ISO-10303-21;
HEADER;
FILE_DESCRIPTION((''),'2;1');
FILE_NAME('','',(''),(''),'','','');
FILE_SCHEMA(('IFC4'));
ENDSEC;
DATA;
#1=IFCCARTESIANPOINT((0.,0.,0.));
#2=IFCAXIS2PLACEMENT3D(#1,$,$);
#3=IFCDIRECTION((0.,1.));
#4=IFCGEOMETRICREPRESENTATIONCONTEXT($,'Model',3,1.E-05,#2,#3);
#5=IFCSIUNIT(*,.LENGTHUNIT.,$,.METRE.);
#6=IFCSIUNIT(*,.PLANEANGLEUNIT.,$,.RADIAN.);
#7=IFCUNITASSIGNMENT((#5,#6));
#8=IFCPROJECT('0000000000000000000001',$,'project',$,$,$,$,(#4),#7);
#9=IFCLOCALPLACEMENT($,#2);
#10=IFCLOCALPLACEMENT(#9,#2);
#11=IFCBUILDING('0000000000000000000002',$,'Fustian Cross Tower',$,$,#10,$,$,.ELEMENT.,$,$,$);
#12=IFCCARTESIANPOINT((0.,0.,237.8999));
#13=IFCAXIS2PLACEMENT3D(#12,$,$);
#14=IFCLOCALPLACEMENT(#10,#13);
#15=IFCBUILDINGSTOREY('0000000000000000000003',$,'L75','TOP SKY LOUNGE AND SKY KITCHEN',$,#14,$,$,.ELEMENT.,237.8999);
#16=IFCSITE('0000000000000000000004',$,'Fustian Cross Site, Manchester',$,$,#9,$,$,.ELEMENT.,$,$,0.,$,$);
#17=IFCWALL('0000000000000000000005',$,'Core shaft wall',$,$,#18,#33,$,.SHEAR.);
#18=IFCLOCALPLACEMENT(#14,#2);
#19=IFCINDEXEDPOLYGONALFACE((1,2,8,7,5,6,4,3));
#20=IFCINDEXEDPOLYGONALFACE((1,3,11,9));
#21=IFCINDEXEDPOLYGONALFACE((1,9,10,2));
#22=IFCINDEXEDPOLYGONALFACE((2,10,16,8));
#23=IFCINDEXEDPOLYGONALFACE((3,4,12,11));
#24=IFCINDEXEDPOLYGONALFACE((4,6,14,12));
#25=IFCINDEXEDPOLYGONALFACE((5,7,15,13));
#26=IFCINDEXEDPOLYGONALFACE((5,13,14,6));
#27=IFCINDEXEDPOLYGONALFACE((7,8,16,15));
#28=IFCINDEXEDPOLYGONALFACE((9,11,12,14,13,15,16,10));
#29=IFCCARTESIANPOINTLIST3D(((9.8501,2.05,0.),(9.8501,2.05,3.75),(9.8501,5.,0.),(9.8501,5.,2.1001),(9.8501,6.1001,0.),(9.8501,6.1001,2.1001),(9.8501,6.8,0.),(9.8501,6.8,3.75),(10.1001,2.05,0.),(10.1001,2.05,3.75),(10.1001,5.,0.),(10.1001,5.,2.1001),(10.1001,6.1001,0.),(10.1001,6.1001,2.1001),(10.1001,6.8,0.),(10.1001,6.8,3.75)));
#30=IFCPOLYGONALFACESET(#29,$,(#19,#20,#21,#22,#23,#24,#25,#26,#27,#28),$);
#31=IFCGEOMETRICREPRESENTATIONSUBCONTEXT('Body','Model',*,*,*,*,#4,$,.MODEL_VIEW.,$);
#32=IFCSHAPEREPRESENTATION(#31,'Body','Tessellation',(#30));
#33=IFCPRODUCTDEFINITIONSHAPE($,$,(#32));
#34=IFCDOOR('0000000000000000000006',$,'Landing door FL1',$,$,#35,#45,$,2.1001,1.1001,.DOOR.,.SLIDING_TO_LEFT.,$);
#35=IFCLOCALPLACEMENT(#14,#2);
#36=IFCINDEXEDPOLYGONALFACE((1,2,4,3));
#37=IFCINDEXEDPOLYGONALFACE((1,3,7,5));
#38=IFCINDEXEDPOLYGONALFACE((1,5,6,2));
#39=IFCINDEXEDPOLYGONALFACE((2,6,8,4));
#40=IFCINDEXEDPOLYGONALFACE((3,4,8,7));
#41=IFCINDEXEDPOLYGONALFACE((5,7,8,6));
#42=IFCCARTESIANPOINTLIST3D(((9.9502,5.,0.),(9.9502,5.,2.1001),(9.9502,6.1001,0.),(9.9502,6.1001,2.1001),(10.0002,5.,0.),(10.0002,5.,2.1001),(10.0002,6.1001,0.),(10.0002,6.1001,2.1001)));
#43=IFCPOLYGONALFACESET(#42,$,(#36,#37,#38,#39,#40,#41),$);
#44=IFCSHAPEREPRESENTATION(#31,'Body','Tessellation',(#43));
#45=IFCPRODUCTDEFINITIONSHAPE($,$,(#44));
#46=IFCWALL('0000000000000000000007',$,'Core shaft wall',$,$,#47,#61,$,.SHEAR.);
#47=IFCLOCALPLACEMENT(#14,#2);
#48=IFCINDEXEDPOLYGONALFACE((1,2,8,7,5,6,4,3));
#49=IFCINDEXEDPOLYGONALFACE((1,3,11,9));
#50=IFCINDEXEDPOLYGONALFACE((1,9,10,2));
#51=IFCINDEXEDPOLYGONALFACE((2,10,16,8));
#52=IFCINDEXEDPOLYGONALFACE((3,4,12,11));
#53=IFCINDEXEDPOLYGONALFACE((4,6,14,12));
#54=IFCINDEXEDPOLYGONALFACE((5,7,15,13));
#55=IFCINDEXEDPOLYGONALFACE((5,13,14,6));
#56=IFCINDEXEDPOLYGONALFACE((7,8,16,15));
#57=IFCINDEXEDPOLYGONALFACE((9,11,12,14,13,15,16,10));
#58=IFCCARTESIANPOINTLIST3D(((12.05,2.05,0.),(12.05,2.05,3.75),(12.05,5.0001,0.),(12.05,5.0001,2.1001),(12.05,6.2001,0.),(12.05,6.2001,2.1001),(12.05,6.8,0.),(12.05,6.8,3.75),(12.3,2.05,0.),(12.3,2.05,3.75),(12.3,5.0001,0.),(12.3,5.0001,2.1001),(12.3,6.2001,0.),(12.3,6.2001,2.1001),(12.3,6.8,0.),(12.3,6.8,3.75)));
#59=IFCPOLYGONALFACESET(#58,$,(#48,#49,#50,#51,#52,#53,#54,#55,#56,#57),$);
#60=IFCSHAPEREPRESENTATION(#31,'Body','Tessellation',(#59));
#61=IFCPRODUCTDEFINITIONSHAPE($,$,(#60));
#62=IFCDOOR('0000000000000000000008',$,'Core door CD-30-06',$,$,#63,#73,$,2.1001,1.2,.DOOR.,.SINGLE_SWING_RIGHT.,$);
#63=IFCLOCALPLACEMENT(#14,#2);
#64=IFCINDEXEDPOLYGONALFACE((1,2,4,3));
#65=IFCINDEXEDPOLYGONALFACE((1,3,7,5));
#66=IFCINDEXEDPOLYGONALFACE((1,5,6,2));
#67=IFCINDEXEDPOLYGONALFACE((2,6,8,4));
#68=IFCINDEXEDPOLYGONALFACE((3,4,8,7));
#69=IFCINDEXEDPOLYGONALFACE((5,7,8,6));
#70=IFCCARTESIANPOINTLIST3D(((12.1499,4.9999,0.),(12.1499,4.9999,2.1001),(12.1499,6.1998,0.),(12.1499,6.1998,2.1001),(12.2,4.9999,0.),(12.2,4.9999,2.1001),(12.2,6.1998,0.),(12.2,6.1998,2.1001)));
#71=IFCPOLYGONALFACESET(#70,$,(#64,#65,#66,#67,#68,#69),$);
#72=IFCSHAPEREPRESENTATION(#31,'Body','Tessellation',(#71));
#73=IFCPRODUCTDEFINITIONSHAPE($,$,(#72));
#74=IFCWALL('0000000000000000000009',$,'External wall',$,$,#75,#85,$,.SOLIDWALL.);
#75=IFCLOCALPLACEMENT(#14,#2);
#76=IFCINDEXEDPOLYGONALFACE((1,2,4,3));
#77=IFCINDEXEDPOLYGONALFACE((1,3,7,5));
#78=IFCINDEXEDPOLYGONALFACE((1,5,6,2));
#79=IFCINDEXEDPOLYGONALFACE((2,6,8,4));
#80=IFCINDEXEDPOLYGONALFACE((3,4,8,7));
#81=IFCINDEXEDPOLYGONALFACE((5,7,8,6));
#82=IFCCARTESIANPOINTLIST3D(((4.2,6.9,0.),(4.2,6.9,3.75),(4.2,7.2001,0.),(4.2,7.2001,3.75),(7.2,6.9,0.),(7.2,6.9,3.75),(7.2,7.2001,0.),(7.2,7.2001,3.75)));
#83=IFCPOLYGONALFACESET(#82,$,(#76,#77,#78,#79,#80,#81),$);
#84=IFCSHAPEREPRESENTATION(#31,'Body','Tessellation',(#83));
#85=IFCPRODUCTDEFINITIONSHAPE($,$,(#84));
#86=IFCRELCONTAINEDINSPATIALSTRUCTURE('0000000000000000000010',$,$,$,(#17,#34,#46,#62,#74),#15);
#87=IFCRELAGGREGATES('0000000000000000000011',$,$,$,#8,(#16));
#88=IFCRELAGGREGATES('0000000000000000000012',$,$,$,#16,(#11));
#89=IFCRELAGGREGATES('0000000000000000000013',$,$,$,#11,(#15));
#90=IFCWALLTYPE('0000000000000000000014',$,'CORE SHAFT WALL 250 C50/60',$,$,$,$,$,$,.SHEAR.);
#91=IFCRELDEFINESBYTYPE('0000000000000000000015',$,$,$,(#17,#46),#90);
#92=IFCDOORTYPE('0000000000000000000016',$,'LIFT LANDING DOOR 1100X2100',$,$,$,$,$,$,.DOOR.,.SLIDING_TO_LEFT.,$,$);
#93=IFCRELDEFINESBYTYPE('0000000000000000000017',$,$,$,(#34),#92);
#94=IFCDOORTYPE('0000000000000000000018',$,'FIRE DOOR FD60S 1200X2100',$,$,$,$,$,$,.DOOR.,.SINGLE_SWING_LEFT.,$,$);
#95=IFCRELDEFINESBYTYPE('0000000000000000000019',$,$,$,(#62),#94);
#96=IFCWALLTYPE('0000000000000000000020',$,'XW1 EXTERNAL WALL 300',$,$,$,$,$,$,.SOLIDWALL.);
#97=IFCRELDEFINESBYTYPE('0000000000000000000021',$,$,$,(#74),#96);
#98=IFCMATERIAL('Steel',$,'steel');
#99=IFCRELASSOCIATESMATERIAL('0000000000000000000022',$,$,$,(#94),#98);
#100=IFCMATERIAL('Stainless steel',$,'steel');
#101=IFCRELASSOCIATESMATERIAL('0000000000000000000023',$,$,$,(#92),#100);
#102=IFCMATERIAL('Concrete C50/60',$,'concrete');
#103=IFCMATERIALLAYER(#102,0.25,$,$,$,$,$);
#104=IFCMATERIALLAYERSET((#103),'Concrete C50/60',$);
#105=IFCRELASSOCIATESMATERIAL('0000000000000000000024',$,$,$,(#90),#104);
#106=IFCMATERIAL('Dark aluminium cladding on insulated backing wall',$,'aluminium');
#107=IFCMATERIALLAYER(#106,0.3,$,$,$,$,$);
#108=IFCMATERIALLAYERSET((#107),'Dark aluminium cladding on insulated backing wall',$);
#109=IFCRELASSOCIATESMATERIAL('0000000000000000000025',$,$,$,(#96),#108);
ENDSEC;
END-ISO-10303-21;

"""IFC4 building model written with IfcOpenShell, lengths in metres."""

from ifc_helpers import new_model, si_unit, direction, frame, frame_2d, origin, place, context, subcontext, project, spatial, rectangle, extrude, material, layer, layer_set, type_object, element, fill, save


model = new_model("IFC4")

# Units and contexts
model_context = context("Model", 3, precision=1e-05, world=origin(), true_north=direction((0.0, 1.0)))
body_context = subcontext(model_context, "Body", "Model", "MODEL_VIEW")
ifc_project = project(units=[si_unit("LENGTHUNIT", "METRE"), si_unit("PLANEANGLEUNIT", "RADIAN")], contexts=[model_context])

# Site, building, storey
site_placement = place(None, origin())
site = spatial("IfcSite", under=ifc_project, at=site_placement, Name="Fustian Cross Site, Manchester", CompositionType="ELEMENT", RefElevation=0.0)
building_placement = place(site_placement, origin())
building = spatial("IfcBuilding", under=site, at=building_placement, Name="Fustian Cross Tower", CompositionType="ELEMENT")
storey_placement = place(building_placement, frame((0.0, 0.0, 237.8999)))
storey = spatial("IfcBuildingStorey", under=building, at=storey_placement, Name="L75", Description="TOP SKY LOUNGE AND SKY KITCHEN", CompositionType="ELEMENT", Elevation=237.8999)

# Shared definitions
ifc_material_1 = material(Name="Steel", Category="steel")
door_type_1 = type_object("IfcDoorType", Name="FIRE DOOR FD60S 1200X2100", OperationType="SINGLE_SWING_LEFT", PredefinedType="DOOR", material=ifc_material_1)
ifc_material_2 = material(Name="Stainless steel", Category="steel")
door_type_2 = type_object("IfcDoorType", Name="LIFT LANDING DOOR 1100X2100", OperationType="SLIDING_TO_LEFT", PredefinedType="DOOR", material=ifc_material_2)

# Shared definitions
ifc_material_3 = material(Name="Concrete C50/60", Category="concrete")
ifc_layer_1 = layer(ifc_material_3, 0.25)
ifc_layer_set_1 = layer_set([ifc_layer_1], Name="Concrete C50/60")
wall_type_1 = type_object("IfcWallType", Name="CORE SHAFT WALL 250 C50/60", PredefinedType="SHEAR", material=ifc_layer_set_1)

# Walls, openings, doors
wall_1_placement = place(storey_placement, frame((9.9751, 2.05, 0.0), z_axis=(0.0, 0.0, 1.0), x_axis=(0.0, 1.0, 0.0)))
wall_1 = element("IfcWall", 1, at=wall_1_placement, inside=storey, type_object=wall_type_1, Name="Core shaft wall", PredefinedType="SHEAR", context=body_context, shape_type="SweptSolid", body=[
    extrude(rectangle(XDim=4.75, YDim=0.25, at=frame_2d((2.375, 0.0))), origin(), (0.0, 0.0, 1.0), 3.75),
])
opening_1_placement = place(wall_1_placement, frame((2.95, 0.0, 0.0)))
opening_1 = element("IfcOpeningElement", 2, at=opening_1_placement, cuts=wall_1, PredefinedType="OPENING", context=body_context, shape_type="SweptSolid", body=[
    extrude(rectangle(XDim=1.1001, YDim=2.1001, at=frame_2d((0.55, 1.05))), frame((0.0, 0.135, 0.0), z_axis=(0.0, -1.0, 0.0), x_axis=(1.0, 0.0, 0.0)), (0.0, 0.0, 1.0), 0.27),
])
door_1_placement = place(opening_1_placement, origin())
door_1 = element("IfcDoor", 3, at=door_1_placement, inside=storey, type_object=door_type_2, Name="Landing door FL1", OperationType="SLIDING_TO_LEFT", OverallHeight=2.1001, OverallWidth=1.1001, PredefinedType="DOOR", context=body_context, shape_type="SweptSolid", body=[
    extrude(rectangle(XDim=1.1001, YDim=2.1001, at=frame_2d((0.55, 1.05))), frame((0.0, 0.0249, 0.0), z_axis=(0.0, -1.0, 0.0), x_axis=(1.0, 0.0, 0.0)), (0.0, 0.0, 1.0), 0.05),
])
fill(opening_1, door_1)
wall_2_placement = place(storey_placement, frame((12.175, 2.05, 0.0), z_axis=(0.0, 0.0, 1.0), x_axis=(0.0, 1.0, 0.0)))
wall_2 = element("IfcWall", 4, at=wall_2_placement, inside=storey, type_object=wall_type_1, Name="Core shaft wall", PredefinedType="SHEAR", context=body_context, shape_type="SweptSolid", body=[
    extrude(rectangle(XDim=4.75, YDim=0.25, at=frame_2d((2.375, 0.0))), origin(), (0.0, 0.0, 1.0), 3.75),
])
opening_2_placement = place(wall_2_placement, frame((2.95, 0.0, 0.0)))
opening_2 = element("IfcOpeningElement", 5, at=opening_2_placement, cuts=wall_2, PredefinedType="OPENING", context=body_context, shape_type="SweptSolid", body=[
    extrude(rectangle(XDim=1.2, YDim=2.1001, at=frame_2d((0.6001, 1.05))), frame((0.0, 0.135, 0.0), z_axis=(0.0, -1.0, 0.0), x_axis=(1.0, 0.0, 0.0)), (0.0, 0.0, 1.0), 0.27),
])
door_2_placement = place(opening_2_placement, frame((1.2, 0.0, 0.0), z_axis=(0.0, 0.0, 1.0), x_axis=(-1.0, 0.0, 0.0)))
door_2 = element("IfcDoor", 6, at=door_2_placement, inside=storey, type_object=door_type_1, Name="Core door CD-30-06", OperationType="SINGLE_SWING_RIGHT", OverallHeight=2.1001, OverallWidth=1.2, PredefinedType="DOOR", context=body_context, shape_type="SweptSolid", body=[
    extrude(rectangle(XDim=1.2, YDim=2.1001, at=frame_2d((0.6001, 1.05))), frame((0.0, 0.0249, 0.0), z_axis=(0.0, -1.0, 0.0), x_axis=(1.0, 0.0, 0.0)), (0.0, 0.0, 1.0), 0.05),
])
fill(opening_2, door_2)

# Wall
ifc_material_4 = material(Name="Dark aluminium cladding on insulated backing wall", Category="aluminium")
ifc_layer_2 = layer(ifc_material_4, 0.3)
ifc_layer_set_2 = layer_set([ifc_layer_2], Name="Dark aluminium cladding on insulated backing wall")
wall_type_2 = type_object("IfcWallType", Name="XW1 EXTERNAL WALL 300", PredefinedType="SOLIDWALL", material=ifc_layer_set_2)
wall_3_placement = place(storey_placement, frame((7.2, 7.05, 0.0), z_axis=(0.0, 0.0, 1.0), x_axis=(-1.0, 0.0, 0.0)))
element("IfcWall", 7, at=wall_3_placement, inside=storey, type_object=wall_type_2, Name="External wall", PredefinedType="SOLIDWALL", context=body_context, shape_type="SweptSolid", body=[
    extrude(rectangle(XDim=3.0, YDim=0.3, at=frame_2d((1.5, 0.0))), origin(), (0.0, 0.0, 1.0), 3.75),
])

save(model, "model.ifc")
